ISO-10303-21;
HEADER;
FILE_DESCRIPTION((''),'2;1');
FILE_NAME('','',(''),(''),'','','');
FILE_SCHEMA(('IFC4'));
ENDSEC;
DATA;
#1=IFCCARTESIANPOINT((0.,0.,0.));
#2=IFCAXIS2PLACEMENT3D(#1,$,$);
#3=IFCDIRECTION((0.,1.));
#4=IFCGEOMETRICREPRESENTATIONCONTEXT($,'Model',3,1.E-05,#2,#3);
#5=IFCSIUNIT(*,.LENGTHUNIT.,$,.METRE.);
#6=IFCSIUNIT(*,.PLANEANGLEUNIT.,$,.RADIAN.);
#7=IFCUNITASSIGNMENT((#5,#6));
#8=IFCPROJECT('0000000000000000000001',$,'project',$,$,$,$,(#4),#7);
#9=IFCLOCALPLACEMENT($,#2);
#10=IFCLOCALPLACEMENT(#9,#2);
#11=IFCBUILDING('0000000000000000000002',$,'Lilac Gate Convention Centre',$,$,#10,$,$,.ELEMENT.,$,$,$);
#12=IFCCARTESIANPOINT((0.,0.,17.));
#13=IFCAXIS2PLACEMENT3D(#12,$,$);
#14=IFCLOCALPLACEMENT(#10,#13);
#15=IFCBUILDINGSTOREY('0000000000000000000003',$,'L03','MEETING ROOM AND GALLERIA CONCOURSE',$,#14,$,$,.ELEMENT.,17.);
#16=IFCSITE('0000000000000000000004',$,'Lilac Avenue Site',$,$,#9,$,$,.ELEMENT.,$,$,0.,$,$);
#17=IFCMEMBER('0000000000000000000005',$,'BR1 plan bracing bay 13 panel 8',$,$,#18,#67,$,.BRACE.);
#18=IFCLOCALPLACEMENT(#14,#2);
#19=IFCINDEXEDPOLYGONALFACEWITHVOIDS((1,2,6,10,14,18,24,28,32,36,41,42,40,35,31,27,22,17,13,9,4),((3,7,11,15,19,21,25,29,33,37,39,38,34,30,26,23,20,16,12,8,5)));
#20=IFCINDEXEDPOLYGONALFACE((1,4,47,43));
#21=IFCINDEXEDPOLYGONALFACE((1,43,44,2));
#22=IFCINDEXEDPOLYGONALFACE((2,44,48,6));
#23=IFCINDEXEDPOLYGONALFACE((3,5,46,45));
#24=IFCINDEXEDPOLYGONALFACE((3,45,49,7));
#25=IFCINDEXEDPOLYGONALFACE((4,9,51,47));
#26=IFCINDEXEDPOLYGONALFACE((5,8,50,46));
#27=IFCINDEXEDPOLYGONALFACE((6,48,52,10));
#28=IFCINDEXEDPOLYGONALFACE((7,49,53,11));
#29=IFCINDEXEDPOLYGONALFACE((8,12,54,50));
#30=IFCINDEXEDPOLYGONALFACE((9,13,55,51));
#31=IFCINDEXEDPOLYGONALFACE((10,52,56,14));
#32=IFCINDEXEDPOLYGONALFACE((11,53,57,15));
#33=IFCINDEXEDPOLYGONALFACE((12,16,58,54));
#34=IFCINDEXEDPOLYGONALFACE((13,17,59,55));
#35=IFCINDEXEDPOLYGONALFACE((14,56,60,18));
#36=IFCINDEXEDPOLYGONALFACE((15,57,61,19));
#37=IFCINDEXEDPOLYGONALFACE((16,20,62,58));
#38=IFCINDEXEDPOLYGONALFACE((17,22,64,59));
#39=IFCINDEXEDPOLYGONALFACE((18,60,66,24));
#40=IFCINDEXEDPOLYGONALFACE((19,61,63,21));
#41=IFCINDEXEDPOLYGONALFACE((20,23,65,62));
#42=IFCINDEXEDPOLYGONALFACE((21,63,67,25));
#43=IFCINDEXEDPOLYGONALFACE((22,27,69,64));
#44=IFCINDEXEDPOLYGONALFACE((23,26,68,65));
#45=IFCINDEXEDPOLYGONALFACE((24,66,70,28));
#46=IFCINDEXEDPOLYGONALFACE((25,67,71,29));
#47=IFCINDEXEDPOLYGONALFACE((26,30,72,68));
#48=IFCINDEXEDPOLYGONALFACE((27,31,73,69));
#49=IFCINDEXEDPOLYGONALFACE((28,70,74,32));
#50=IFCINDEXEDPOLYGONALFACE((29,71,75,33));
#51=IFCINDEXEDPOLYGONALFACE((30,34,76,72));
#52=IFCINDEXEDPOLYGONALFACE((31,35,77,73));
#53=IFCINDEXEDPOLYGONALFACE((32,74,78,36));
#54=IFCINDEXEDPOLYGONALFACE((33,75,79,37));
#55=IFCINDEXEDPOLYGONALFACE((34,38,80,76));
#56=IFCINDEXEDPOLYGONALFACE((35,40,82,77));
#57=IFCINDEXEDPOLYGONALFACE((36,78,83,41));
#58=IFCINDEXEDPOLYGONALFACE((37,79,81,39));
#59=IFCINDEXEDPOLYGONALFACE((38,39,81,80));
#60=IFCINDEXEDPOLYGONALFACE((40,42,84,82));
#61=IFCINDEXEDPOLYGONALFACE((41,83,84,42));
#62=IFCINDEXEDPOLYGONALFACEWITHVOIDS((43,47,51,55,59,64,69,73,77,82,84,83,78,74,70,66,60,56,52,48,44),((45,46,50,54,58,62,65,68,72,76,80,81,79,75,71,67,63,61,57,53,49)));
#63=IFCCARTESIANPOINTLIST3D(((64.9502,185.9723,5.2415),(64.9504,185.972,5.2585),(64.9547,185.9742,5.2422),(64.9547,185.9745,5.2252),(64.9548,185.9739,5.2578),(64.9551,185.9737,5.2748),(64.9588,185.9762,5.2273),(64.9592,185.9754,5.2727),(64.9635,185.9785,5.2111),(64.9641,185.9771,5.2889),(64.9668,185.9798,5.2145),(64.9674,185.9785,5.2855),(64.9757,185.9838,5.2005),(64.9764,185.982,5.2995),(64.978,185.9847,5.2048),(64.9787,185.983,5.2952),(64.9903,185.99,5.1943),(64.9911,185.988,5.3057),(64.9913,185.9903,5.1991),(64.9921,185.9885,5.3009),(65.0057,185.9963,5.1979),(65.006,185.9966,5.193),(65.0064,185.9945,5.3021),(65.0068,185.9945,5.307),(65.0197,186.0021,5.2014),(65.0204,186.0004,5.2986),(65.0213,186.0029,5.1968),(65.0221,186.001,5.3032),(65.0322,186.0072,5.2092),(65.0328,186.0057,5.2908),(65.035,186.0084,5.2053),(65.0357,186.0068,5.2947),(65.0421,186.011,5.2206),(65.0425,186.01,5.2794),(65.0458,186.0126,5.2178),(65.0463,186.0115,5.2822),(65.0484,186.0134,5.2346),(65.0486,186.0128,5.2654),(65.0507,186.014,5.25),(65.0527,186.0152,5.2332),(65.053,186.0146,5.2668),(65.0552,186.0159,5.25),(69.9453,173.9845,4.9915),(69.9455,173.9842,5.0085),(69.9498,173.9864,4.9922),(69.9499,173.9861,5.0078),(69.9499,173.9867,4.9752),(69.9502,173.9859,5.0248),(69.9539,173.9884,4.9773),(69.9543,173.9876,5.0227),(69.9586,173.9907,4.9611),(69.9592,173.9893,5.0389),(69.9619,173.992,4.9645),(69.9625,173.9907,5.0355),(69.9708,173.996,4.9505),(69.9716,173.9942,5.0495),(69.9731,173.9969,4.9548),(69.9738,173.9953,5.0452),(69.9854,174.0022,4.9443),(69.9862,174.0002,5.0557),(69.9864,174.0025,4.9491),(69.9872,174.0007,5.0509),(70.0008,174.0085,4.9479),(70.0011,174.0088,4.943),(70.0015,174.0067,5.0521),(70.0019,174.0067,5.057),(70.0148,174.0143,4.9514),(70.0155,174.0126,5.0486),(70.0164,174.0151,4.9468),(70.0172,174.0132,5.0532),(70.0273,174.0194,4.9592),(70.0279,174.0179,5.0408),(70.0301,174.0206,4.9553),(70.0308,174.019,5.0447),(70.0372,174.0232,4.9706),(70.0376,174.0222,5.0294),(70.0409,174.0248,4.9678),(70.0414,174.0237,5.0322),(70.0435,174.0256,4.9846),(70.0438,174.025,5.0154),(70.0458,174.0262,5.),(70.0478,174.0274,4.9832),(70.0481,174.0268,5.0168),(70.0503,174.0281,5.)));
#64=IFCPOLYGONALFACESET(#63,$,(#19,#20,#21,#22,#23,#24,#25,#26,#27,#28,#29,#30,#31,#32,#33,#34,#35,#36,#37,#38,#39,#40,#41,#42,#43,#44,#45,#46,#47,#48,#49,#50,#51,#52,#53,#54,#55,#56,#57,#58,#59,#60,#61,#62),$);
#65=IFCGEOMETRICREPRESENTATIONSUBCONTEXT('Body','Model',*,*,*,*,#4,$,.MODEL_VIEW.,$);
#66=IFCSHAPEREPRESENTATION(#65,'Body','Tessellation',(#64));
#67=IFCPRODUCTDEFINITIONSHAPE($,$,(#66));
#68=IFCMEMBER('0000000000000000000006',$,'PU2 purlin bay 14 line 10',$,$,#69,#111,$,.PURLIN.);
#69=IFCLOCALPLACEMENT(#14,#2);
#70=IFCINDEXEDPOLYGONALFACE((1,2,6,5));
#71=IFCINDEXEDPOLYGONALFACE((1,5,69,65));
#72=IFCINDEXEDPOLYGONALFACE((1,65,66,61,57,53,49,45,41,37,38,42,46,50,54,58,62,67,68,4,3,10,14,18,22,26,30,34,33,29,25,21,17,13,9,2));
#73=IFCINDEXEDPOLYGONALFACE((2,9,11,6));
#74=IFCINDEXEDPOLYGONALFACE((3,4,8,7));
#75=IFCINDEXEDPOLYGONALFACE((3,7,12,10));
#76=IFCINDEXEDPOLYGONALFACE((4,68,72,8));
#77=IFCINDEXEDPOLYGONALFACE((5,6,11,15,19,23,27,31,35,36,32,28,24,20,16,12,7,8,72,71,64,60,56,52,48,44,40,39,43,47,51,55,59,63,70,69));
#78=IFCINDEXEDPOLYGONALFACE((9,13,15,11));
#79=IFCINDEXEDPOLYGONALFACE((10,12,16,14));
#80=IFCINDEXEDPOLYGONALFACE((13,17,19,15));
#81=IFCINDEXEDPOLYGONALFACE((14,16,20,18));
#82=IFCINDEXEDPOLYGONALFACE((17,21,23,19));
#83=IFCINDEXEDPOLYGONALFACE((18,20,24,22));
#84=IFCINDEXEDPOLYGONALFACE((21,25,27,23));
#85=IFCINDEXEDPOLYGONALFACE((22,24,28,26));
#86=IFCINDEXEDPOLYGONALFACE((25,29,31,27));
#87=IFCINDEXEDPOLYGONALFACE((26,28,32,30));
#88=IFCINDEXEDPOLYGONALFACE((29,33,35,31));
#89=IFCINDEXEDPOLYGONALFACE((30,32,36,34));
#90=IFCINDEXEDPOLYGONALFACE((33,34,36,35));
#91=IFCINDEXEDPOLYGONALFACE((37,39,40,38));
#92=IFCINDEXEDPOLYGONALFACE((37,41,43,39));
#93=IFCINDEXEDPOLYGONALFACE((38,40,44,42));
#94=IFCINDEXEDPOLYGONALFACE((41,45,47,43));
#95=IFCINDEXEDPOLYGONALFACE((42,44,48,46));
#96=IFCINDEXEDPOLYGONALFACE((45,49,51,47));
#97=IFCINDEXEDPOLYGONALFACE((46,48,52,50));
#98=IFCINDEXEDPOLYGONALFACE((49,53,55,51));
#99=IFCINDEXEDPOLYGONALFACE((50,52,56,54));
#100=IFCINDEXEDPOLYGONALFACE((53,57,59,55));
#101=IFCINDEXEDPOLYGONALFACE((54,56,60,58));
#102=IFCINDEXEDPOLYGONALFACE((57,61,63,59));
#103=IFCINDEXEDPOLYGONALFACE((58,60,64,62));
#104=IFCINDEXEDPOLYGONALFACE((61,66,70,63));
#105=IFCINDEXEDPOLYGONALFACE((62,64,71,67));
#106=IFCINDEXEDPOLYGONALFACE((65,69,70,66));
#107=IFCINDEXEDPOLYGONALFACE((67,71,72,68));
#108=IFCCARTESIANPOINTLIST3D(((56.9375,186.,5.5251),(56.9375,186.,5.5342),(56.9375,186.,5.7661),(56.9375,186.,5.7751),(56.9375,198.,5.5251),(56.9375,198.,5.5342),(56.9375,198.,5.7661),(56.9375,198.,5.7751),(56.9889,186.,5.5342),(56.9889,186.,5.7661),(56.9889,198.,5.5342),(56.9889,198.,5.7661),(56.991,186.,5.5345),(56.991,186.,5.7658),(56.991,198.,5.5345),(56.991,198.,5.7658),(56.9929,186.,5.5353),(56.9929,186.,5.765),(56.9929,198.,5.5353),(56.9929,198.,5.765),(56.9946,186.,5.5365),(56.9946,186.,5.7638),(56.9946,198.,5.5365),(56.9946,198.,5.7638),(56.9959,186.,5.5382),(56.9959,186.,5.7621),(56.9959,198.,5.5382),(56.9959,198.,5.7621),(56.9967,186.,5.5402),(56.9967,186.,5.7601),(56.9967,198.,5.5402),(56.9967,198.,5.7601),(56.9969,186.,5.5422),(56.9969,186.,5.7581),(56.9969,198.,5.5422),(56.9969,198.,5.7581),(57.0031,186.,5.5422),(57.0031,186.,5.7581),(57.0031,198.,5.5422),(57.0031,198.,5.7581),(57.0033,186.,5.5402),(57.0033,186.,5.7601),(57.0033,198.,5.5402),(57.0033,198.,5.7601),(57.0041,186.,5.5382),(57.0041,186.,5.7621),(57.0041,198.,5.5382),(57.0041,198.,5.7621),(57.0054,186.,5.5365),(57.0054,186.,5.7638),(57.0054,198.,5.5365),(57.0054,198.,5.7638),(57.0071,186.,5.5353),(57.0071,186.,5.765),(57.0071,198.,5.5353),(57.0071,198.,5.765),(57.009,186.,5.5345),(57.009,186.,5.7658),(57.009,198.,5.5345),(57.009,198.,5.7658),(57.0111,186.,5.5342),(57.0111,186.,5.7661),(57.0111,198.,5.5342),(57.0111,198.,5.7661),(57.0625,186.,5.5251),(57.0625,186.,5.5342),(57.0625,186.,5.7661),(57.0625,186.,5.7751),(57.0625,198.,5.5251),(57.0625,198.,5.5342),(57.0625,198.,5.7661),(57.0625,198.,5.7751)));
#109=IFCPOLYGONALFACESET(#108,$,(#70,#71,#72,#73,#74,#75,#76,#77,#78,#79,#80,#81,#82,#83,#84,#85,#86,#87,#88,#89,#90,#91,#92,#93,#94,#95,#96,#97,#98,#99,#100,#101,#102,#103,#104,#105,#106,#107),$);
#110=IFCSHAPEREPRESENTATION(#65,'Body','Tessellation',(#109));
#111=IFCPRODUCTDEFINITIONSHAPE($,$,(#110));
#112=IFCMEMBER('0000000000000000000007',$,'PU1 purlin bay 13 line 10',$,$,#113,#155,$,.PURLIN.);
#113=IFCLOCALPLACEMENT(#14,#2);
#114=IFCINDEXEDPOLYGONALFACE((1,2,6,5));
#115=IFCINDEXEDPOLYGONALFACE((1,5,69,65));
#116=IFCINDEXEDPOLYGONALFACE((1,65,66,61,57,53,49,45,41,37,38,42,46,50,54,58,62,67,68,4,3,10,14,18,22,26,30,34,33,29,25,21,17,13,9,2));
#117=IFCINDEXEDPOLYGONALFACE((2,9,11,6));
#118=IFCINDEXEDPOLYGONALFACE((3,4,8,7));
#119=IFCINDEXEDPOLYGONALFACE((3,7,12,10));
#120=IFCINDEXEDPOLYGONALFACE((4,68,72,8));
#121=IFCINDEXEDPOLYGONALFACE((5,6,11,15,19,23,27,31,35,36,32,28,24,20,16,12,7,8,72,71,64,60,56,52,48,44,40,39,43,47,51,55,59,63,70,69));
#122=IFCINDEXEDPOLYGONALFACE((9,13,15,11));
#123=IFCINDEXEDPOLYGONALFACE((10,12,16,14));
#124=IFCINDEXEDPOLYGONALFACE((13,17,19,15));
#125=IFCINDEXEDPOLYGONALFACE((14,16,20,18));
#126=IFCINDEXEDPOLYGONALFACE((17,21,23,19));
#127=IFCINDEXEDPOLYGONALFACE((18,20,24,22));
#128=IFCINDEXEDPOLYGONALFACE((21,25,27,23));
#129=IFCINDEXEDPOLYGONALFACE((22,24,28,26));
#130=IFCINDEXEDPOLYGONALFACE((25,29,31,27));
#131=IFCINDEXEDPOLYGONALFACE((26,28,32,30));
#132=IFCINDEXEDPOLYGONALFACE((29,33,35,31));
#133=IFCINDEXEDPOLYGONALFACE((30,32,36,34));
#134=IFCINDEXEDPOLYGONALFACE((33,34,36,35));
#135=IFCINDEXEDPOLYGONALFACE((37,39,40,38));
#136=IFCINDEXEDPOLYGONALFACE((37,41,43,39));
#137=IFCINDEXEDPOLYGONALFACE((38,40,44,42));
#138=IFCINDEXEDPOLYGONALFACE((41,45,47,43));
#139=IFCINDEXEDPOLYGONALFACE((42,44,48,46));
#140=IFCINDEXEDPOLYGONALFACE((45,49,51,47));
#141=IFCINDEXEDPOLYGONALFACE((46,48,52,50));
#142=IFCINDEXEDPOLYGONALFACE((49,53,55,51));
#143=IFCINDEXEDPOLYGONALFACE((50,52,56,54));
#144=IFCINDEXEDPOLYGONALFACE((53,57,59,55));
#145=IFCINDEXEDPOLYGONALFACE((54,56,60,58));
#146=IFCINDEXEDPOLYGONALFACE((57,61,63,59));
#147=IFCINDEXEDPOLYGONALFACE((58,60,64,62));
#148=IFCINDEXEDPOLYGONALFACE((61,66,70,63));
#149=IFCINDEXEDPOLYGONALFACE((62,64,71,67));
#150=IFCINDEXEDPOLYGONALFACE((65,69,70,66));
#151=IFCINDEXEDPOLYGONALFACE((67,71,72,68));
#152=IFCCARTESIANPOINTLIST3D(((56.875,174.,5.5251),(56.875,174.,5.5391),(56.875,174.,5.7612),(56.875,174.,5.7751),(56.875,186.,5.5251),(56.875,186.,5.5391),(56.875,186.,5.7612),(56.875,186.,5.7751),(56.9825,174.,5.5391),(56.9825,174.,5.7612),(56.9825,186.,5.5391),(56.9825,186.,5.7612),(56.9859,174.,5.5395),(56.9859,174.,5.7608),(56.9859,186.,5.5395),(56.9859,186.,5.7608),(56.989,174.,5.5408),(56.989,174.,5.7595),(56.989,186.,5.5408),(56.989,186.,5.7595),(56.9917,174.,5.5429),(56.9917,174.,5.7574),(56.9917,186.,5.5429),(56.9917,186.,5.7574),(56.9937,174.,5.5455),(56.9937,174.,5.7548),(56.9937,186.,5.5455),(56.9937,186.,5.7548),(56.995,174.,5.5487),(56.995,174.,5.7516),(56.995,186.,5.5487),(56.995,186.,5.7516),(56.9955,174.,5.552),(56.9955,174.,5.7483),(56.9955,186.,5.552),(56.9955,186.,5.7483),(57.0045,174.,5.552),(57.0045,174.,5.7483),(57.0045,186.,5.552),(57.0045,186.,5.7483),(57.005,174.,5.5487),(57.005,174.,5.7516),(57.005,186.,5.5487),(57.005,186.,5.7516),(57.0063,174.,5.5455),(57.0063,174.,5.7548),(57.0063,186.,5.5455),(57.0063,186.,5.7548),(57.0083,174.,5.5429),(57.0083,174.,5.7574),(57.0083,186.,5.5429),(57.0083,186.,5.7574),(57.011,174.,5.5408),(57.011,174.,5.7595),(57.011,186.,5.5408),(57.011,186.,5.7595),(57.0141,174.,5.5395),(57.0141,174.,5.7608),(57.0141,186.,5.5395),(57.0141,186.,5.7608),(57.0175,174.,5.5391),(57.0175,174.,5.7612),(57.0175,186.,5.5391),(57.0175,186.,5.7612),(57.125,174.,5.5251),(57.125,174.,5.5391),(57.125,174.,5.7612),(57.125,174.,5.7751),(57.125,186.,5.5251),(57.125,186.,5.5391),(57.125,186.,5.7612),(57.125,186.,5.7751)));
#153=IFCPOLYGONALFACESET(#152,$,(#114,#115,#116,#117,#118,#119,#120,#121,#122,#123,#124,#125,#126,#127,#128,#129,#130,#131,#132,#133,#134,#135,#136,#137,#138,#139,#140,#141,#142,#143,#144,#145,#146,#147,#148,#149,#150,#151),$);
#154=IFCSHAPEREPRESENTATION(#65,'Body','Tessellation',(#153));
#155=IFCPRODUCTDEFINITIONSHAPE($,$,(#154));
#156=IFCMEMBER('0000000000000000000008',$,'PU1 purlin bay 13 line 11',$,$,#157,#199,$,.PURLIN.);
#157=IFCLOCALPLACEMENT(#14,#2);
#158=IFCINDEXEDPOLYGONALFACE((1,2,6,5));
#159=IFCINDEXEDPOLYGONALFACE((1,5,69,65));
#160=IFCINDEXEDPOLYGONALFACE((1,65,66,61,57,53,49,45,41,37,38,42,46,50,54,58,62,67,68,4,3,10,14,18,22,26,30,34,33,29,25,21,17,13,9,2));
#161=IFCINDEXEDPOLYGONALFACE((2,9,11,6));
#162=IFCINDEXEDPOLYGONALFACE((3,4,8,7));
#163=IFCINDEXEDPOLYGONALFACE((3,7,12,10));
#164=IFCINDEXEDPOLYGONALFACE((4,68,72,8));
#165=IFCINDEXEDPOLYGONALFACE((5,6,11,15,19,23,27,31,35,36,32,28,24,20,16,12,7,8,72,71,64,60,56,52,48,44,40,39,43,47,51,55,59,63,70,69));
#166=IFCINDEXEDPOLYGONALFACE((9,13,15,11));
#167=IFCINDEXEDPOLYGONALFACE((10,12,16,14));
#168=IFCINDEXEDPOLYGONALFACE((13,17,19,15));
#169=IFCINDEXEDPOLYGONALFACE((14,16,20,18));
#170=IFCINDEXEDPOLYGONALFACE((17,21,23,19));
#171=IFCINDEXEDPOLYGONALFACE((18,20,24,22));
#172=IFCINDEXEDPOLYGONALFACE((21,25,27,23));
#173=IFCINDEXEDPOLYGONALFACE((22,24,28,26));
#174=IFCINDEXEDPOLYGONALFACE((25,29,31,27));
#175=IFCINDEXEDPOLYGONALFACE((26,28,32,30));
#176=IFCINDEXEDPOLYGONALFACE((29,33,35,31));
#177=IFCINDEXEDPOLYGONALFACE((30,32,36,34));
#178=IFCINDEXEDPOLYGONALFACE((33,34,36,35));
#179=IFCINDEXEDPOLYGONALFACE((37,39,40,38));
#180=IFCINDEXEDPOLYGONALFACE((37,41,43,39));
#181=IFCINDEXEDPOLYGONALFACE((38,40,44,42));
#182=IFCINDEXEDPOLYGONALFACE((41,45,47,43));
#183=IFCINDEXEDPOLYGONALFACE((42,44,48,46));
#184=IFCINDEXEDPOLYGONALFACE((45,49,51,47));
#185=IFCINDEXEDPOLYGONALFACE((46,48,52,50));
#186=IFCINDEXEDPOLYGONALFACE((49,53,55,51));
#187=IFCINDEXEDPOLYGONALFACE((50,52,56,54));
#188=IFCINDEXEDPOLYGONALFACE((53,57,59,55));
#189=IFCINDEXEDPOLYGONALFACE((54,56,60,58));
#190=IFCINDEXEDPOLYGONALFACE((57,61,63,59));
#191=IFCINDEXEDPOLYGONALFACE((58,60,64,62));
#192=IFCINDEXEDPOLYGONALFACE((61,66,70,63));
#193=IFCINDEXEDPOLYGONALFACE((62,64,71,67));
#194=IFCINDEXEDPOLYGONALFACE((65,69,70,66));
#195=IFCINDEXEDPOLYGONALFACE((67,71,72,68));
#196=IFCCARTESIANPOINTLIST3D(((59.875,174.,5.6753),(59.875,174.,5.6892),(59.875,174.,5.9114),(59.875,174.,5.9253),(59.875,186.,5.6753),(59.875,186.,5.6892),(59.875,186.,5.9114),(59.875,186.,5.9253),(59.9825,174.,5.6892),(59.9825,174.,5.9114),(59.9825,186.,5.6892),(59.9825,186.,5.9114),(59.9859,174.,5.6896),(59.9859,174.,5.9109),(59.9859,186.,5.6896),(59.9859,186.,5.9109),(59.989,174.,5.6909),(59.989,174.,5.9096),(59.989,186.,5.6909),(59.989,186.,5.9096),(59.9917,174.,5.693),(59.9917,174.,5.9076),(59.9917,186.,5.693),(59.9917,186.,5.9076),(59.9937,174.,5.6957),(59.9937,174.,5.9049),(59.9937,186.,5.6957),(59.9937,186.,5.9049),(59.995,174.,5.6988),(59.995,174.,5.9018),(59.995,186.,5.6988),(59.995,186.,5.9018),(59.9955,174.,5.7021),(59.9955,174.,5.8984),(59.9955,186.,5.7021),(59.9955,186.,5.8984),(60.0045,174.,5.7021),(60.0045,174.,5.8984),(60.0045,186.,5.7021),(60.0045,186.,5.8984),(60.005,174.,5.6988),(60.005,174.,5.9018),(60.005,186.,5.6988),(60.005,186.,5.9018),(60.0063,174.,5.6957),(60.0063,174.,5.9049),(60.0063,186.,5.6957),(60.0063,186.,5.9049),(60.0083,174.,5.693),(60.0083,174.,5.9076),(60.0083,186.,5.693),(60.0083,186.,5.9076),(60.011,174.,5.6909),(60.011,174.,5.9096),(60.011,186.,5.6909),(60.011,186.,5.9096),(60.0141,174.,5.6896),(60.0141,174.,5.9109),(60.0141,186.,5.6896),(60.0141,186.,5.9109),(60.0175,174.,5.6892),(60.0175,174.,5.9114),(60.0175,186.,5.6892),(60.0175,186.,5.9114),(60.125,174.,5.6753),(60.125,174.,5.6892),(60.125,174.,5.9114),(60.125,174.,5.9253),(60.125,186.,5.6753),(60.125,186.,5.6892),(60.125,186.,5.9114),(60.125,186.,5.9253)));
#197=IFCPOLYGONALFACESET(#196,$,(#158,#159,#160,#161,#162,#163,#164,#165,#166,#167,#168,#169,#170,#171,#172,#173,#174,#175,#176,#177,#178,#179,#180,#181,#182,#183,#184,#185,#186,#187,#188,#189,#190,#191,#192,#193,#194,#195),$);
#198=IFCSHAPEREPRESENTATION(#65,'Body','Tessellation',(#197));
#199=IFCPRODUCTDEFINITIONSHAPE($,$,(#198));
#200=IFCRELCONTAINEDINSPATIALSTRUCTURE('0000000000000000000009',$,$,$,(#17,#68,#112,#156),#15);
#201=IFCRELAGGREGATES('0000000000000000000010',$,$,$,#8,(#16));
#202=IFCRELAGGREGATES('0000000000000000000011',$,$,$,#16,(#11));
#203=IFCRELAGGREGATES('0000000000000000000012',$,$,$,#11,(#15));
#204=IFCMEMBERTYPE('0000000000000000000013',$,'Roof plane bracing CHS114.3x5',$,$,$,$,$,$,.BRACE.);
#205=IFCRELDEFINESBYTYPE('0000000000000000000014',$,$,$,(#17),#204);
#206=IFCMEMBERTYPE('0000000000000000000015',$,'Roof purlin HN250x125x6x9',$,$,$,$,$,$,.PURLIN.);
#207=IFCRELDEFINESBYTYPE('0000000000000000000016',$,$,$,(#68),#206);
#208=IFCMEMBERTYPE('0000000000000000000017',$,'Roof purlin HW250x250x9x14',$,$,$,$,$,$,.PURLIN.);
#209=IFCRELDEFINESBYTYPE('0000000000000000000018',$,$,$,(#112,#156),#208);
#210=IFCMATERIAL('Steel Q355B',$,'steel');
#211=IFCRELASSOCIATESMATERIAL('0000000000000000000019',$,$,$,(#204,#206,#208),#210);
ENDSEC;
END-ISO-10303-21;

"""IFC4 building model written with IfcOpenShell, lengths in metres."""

from ifc_helpers import new_model, si_unit, direction, frame, origin, origin_2d, place, context, subcontext, project, spatial, hollow_circle, i_section, extrude, material, material_profile, profile_set, type_object, element, save


model = new_model("IFC4")

# Units and contexts
model_context = context("Model", 3, precision=1e-05, world=origin(), true_north=direction((0.0, 1.0)))
body_context = subcontext(model_context, "Body", "Model", "MODEL_VIEW")
ifc_project = project(units=[si_unit("LENGTHUNIT", "METRE"), si_unit("PLANEANGLEUNIT", "RADIAN")], contexts=[model_context])

# Site, building, storey
site_placement = place(None, origin())
site = spatial("IfcSite", under=ifc_project, at=site_placement, Name="Lilac Avenue Site", CompositionType="ELEMENT", RefElevation=0.0)
building_placement = place(site_placement, origin())
building = spatial("IfcBuilding", under=site, at=building_placement, Name="Lilac Gate Convention Centre", CompositionType="ELEMENT")
storey_placement = place(building_placement, frame((0.0, 0.0, 17.0)))
storey = spatial("IfcBuildingStorey", under=building, at=storey_placement, Name="L03", Description="MEETING ROOM AND GALLERIA CONCOURSE", CompositionType="ELEMENT", Elevation=17.0)

# Members
ifc_material = material(Name="Steel Q355B", Category="steel")
ifc_material_profile_1 = material_profile(ifc_material, hollow_circle(Radius=0.0571, WallThickness=0.0049, at=origin_2d()), Name="CHS114.3x5")
ifc_profile_set_1 = profile_set([ifc_material_profile_1], Name="Steel Q355B")
member_type_1 = type_object("IfcMemberType", Name="Roof plane bracing CHS114.3x5", PredefinedType="BRACE", material=ifc_profile_set_1)
member_1_placement = place(storey_placement, frame((65.0024, 185.9939, 5.25), z_axis=(0.384557, -0.9229, -0.019247), x_axis=(0.923071, 0.384629, 0.0)))
element("IfcMember", 1, at=member_1_placement, inside=storey, type_object=member_type_1, Name="BR1 plan bracing bay 13 panel 8", PredefinedType="BRACE", context=body_context, shape_type="SweptSolid", body=[
    extrude(hollow_circle(Radius=0.0571, WallThickness=0.0049, at=origin_2d()), origin(), (0.0, 0.0, 1.0), 12.9893),
])
ifc_material_profile_2 = material_profile(ifc_material, i_section(OverallWidth=0.125, OverallDepth=0.25, WebThickness=0.0061, FlangeThickness=0.009, FilletRadius=0.0081, at=origin_2d()), Name="HN250x125x6x9")
ifc_profile_set_2 = profile_set([ifc_material_profile_2], Name="Steel Q355B")
member_type_2 = type_object("IfcMemberType", Name="Roof purlin HN250x125x6x9", PredefinedType="PURLIN", material=ifc_profile_set_2)
member_2_placement = place(storey_placement, frame((57.0, 186.0, 5.6501), z_axis=(0.0, 1.0, 0.0), x_axis=(-1.0, 0.0, 0.0)))
element("IfcMember", 2, at=member_2_placement, inside=storey, type_object=member_type_2, Name="PU2 purlin bay 14 line 10", PredefinedType="PURLIN", context=body_context, shape_type="SweptSolid", body=[
    extrude(i_section(OverallWidth=0.125, OverallDepth=0.25, WebThickness=0.0061, FlangeThickness=0.009, FilletRadius=0.0081, at=origin_2d()), origin(), (0.0, 0.0, 1.0), 12.0),
])
ifc_material_profile_3 = material_profile(ifc_material, i_section(OverallWidth=0.25, OverallDepth=0.25, WebThickness=0.009, FlangeThickness=0.0139, FilletRadius=0.0129, at=origin_2d()), Name="HW250x250x9x14")
ifc_profile_set_3 = profile_set([ifc_material_profile_3], Name="Steel Q355B")
member_type_3 = type_object("IfcMemberType", Name="Roof purlin HW250x250x9x14", PredefinedType="PURLIN", material=ifc_profile_set_3)
for number, where, z_axis, x_axis, name in (
    (3, (57.0, 174.0, 5.6501), (0.0, 1.0, 0.0), (-1.0, 0.0, 0.0), "PU1 purlin bay 13 line 10"),
    (4, (60.0, 174.0, 5.8003), (0.0, 1.0, 0.0), (-1.0, 0.0, 0.0), "PU1 purlin bay 13 line 11"),
):
    element("IfcMember", number, at=place(storey_placement, frame(where, z_axis=z_axis, x_axis=x_axis)), inside=storey, type_object=member_type_3, Name=name, PredefinedType="PURLIN", context=body_context, shape_type="SweptSolid", body=[
        extrude(i_section(OverallWidth=0.25, OverallDepth=0.25, WebThickness=0.009, FlangeThickness=0.0139, FilletRadius=0.0129, at=origin_2d()), origin(), (0.0, 0.0, 1.0), 12.0),
    ])

save(model, "model.ifc")
